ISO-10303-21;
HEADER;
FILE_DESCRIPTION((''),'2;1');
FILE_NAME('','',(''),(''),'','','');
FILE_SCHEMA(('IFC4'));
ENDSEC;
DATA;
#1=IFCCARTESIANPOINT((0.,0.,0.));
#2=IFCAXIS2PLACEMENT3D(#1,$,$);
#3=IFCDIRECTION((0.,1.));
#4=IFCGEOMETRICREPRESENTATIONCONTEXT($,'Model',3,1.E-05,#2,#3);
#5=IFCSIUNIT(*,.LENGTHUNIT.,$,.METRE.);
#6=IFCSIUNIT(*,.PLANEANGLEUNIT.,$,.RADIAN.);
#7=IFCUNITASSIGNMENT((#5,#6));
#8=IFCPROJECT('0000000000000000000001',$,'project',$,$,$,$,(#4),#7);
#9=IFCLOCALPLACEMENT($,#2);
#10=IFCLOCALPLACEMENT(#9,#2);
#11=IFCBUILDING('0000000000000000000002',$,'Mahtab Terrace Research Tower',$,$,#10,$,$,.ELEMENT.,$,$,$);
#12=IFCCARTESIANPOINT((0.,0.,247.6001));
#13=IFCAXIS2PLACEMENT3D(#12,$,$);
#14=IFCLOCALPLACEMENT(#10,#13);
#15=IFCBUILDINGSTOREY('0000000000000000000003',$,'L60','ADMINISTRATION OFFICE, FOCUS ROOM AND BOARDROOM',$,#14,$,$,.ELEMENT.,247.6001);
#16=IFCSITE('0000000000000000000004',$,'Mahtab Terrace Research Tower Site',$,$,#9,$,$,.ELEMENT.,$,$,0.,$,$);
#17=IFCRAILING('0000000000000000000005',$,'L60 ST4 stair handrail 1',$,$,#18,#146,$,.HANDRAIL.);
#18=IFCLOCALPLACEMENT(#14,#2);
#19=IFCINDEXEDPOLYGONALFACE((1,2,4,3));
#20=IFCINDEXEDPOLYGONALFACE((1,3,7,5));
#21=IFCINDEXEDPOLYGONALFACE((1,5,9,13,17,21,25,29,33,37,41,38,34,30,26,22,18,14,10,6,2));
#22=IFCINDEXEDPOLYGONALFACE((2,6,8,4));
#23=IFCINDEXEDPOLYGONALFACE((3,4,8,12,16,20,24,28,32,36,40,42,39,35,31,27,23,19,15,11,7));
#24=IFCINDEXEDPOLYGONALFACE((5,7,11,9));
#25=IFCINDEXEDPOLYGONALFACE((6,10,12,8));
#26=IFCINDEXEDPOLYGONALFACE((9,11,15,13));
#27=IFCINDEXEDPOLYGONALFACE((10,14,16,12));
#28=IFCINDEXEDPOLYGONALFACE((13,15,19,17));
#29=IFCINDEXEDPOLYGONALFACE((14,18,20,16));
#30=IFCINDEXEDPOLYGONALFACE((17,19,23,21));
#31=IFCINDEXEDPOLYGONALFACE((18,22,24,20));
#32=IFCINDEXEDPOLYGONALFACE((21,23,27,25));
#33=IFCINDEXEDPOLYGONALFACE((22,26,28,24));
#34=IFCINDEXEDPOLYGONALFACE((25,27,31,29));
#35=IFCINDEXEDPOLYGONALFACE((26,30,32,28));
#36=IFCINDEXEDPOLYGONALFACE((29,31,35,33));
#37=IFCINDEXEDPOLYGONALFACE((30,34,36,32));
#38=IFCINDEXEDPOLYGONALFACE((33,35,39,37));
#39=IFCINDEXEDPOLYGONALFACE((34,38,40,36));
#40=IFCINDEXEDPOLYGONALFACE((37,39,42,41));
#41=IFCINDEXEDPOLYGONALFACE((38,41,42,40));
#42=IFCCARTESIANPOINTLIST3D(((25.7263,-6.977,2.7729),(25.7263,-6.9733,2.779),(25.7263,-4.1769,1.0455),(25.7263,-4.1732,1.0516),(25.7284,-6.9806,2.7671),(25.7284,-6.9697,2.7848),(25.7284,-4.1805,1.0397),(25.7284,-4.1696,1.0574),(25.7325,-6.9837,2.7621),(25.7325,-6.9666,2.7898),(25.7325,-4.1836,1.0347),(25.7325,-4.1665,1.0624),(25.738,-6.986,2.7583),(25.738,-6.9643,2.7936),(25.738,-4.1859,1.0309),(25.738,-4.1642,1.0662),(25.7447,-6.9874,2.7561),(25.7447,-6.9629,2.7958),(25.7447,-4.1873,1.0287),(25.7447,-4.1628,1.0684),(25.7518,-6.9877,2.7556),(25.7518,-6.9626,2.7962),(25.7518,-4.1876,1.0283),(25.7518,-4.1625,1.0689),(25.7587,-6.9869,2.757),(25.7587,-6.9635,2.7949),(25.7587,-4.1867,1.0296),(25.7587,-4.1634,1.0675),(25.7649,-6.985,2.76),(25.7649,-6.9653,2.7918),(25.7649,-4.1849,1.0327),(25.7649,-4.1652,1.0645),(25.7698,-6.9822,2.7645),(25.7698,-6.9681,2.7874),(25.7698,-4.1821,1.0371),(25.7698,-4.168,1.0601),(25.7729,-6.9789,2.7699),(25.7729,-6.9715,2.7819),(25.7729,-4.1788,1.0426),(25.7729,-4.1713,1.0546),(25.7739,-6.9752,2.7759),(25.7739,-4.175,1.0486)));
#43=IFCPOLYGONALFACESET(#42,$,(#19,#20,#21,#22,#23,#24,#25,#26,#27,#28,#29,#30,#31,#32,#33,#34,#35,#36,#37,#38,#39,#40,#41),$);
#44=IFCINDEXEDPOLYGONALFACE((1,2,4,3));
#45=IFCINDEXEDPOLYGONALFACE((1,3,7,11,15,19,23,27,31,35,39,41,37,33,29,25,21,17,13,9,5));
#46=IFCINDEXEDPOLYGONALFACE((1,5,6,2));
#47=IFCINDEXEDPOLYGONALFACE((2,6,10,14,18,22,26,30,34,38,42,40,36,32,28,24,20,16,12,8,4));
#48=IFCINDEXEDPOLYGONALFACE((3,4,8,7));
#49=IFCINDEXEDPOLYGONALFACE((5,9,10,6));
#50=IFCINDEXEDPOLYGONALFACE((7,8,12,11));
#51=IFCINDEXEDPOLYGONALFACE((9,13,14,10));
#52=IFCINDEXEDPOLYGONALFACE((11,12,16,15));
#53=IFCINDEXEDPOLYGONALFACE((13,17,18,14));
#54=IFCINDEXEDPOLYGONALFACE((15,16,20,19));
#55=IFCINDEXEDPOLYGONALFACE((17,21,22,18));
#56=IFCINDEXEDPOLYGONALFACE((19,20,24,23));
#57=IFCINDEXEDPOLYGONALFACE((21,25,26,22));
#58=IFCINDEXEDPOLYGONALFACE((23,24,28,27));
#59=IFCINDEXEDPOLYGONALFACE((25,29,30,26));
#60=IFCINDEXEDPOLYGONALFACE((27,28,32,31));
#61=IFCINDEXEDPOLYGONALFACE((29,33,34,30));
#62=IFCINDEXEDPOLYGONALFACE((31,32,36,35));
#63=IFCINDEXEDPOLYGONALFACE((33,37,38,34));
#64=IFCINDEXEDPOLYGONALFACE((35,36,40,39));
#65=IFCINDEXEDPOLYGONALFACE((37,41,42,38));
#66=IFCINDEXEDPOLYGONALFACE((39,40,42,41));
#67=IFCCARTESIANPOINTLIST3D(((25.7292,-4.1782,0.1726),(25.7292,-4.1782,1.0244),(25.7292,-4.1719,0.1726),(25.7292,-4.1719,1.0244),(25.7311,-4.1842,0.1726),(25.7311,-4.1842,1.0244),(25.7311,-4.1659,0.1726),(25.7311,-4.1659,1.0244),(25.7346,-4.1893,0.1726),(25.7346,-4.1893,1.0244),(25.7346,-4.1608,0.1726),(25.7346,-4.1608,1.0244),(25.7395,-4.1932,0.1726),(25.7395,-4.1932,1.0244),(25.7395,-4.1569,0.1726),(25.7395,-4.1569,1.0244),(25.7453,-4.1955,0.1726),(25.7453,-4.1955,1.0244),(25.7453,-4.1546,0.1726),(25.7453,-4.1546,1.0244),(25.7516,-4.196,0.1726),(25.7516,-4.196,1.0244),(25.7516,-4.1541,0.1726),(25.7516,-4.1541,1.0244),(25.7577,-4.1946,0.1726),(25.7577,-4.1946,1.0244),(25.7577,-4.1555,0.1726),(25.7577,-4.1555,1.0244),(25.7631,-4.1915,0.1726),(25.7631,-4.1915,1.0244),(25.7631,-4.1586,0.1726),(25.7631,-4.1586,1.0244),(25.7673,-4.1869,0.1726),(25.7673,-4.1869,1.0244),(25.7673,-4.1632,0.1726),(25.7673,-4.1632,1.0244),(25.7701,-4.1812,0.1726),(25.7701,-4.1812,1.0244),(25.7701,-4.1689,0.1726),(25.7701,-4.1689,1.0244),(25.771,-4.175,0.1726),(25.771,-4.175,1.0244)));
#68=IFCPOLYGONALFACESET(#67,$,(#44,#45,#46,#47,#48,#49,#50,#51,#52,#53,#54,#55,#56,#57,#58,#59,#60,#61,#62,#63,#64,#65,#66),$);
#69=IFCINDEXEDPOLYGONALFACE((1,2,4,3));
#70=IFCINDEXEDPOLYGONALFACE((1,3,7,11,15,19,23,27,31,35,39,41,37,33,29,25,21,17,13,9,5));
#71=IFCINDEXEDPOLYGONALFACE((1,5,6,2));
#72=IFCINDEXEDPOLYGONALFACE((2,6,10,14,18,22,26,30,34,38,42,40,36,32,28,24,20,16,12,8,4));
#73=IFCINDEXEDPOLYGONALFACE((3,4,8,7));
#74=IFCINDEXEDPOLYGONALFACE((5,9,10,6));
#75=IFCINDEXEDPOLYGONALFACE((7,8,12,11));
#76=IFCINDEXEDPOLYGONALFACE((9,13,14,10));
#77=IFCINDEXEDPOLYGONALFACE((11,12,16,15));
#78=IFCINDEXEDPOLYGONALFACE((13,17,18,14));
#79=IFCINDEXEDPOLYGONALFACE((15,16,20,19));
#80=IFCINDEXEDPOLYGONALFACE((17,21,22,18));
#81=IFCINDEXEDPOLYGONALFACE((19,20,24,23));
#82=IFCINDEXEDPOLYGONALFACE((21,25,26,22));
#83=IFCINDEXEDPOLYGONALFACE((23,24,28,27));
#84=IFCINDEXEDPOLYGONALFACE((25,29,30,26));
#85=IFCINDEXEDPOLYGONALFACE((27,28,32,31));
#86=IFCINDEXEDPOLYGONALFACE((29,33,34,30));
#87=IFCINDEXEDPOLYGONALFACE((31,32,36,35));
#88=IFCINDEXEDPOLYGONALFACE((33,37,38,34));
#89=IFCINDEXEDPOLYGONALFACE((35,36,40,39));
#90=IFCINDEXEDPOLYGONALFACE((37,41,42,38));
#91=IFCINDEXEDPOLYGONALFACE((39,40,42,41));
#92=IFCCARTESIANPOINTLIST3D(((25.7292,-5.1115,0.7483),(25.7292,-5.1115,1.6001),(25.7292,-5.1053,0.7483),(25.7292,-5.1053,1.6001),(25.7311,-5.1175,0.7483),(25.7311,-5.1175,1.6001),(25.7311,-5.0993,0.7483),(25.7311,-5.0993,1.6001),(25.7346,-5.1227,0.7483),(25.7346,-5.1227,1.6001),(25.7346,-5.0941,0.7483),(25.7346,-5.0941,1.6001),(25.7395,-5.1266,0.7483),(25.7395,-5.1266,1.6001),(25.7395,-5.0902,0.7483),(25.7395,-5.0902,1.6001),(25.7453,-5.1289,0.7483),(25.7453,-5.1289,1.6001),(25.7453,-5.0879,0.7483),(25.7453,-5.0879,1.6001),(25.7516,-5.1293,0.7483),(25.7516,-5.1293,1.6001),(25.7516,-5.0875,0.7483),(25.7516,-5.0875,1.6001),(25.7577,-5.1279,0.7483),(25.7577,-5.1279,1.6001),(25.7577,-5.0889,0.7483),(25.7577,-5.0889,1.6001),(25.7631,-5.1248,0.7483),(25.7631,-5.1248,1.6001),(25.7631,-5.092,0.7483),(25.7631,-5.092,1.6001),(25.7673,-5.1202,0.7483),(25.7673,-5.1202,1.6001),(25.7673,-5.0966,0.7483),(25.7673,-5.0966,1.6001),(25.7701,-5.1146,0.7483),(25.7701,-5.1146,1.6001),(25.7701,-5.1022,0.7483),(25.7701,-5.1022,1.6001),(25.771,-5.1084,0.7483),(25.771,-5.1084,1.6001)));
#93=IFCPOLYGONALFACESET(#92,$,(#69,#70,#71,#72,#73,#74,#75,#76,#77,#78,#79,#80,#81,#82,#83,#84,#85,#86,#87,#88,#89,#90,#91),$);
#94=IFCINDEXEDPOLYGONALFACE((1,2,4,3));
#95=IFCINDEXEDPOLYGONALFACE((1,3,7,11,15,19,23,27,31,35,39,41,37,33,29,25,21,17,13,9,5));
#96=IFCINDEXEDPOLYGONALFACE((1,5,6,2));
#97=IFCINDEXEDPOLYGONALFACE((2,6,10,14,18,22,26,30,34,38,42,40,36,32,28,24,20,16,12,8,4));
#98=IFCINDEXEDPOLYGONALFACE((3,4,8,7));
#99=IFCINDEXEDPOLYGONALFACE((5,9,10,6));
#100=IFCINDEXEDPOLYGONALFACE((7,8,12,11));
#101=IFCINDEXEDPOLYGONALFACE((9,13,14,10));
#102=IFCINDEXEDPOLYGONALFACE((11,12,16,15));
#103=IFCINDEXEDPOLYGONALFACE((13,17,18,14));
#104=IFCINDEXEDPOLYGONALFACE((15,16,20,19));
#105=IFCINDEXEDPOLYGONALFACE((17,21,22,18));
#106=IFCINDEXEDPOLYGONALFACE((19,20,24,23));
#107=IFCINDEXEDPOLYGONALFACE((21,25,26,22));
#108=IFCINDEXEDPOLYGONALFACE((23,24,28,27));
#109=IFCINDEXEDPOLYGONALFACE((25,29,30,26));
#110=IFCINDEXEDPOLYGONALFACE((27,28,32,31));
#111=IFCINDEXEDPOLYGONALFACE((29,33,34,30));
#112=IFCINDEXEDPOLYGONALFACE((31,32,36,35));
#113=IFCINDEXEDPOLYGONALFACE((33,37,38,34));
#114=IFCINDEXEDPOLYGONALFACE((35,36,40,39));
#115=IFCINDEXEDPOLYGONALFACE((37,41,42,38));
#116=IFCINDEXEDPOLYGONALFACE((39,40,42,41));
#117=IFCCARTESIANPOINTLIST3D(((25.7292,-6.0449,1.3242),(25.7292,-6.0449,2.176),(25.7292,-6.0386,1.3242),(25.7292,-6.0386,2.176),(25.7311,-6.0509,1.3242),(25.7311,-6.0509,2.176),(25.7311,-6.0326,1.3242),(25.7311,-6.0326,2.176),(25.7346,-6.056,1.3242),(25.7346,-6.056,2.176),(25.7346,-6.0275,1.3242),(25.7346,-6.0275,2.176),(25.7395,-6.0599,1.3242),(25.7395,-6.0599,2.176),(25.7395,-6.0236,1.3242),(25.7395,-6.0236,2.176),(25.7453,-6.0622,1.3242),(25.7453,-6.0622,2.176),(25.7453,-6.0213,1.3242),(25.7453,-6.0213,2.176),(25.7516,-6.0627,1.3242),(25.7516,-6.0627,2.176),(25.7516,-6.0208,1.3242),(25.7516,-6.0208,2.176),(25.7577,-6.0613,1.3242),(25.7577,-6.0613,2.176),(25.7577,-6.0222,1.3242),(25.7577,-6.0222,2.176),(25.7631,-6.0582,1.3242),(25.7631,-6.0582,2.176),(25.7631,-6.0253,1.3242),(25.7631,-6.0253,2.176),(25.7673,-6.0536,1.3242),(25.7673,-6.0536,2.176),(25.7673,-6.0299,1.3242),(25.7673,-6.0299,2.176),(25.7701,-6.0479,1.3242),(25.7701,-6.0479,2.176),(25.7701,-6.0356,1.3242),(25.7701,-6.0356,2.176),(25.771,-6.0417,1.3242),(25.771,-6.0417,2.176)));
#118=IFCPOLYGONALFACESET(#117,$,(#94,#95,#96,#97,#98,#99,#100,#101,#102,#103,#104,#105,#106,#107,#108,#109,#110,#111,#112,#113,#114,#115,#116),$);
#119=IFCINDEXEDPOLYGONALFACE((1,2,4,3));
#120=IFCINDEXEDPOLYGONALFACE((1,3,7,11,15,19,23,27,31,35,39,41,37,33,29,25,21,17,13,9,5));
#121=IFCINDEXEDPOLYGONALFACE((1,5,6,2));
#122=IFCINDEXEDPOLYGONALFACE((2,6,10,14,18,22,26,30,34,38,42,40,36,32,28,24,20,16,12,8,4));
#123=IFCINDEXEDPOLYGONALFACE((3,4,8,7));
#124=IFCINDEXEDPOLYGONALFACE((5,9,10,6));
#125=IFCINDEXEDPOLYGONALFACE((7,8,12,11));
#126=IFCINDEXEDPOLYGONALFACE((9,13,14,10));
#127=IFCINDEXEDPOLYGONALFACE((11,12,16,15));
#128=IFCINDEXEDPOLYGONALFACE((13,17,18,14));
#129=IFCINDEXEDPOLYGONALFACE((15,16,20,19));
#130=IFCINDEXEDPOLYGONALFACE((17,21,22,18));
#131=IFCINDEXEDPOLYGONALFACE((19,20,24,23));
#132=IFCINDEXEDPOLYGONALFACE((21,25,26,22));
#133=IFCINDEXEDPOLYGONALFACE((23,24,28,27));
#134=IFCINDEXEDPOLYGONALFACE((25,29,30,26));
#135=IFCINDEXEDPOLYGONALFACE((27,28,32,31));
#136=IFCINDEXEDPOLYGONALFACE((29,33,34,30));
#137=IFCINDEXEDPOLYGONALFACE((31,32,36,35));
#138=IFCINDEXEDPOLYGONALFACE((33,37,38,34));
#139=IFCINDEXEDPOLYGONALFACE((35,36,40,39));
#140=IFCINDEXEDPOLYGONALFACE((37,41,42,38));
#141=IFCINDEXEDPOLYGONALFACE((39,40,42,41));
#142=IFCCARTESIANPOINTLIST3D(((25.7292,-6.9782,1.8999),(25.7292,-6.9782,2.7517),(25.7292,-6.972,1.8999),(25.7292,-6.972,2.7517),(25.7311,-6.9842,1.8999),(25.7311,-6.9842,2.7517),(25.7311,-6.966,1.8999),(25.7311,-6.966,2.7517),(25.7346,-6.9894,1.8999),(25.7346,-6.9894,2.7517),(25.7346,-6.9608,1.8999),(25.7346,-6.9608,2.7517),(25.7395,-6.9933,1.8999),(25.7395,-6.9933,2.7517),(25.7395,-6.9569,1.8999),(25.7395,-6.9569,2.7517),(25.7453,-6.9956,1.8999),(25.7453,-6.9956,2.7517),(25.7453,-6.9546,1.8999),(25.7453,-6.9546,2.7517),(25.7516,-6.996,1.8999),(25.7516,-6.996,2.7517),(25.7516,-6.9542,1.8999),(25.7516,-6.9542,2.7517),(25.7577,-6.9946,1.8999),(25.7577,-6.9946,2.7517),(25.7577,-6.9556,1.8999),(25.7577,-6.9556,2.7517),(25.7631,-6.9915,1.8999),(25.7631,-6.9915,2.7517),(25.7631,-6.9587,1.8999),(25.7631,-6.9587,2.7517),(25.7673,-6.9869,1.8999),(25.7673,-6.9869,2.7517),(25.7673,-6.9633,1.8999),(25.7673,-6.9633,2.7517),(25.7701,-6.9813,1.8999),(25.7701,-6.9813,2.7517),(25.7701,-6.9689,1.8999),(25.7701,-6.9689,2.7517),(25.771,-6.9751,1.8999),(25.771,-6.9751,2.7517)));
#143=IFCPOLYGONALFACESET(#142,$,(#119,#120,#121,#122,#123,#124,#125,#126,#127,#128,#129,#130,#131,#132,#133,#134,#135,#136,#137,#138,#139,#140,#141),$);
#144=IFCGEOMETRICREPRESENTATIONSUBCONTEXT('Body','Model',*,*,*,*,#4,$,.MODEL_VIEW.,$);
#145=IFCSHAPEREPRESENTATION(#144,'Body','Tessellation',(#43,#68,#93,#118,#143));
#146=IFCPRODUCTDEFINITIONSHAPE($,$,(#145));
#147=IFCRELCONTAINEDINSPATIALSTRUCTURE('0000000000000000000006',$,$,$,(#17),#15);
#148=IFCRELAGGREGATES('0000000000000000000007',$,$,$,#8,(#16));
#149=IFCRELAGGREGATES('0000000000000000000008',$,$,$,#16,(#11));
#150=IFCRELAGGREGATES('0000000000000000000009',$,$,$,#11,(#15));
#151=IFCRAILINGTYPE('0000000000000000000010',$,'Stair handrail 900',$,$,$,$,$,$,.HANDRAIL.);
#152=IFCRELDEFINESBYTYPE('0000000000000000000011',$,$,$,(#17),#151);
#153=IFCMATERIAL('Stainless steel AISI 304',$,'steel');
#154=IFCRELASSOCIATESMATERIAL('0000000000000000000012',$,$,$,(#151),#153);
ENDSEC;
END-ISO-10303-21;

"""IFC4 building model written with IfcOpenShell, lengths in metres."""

from ifc_helpers import new_model, si_unit, direction, frame, origin, origin_2d, place, context, subcontext, project, spatial, circle, extrude, material, type_object, element, save


model = new_model("IFC4")

# Units and contexts
model_context = context("Model", 3, precision=1e-05, world=origin(), true_north=direction((0.0, 1.0)))
body_context = subcontext(model_context, "Body", "Model", "MODEL_VIEW")
ifc_project = project(units=[si_unit("LENGTHUNIT", "METRE"), si_unit("PLANEANGLEUNIT", "RADIAN")], contexts=[model_context])

# Site, building, storey
site_placement = place(None, origin())
site = spatial("IfcSite", under=ifc_project, at=site_placement, Name="Mahtab Terrace Research Tower Site", CompositionType="ELEMENT", RefElevation=0.0)
building_placement = place(site_placement, origin())
building = spatial("IfcBuilding", under=site, at=building_placement, Name="Mahtab Terrace Research Tower", CompositionType="ELEMENT")
storey_placement = place(building_placement, frame((0.0, 0.0, 247.6001)))
storey = spatial("IfcBuildingStorey", under=building, at=storey_placement, Name="L60", Description="ADMINISTRATION OFFICE, FOCUS ROOM AND BOARDROOM", CompositionType="ELEMENT", Elevation=247.6001)

# Shared definitions
ifc_material_1 = material(Name="Stainless steel AISI 304", Category="steel")

# Railing
railing_type_1 = type_object("IfcRailingType", Name="Stair handrail 900", PredefinedType="HANDRAIL", material=ifc_material_1)
railing_1_placement = place(storey_placement, frame((25.75, -4.175, 0.1726)))
element("IfcRailing", 1, at=railing_1_placement, inside=storey, type_object=railing_type_1, Name="L60 ST4 stair handrail 1", PredefinedType="HANDRAIL", context=body_context, shape_type="SweptSolid", body=[
    extrude(circle(Radius=0.0239, at=origin_2d()), frame((0.0, 0.0, 0.876), z_axis=(0.0, -0.85109, 0.52502), x_axis=(1.0, 0.0, 0.0)), (0.0, 0.0, 1.0), 3.29),
    extrude(circle(Radius=0.021, at=origin_2d()), origin(), (0.0, 0.0, 1.0), 0.8518),
    extrude(circle(Radius=0.021, at=origin_2d()), frame((0.0, -0.9333, 0.5757)), (0.0, 0.0, 1.0), 0.8518),
    extrude(circle(Radius=0.021, at=origin_2d()), frame((0.0, -1.8667, 1.1516)), (0.0, 0.0, 1.0), 0.8518),
    extrude(circle(Radius=0.021, at=origin_2d()), frame((0.0, -2.8, 1.7273)), (0.0, 0.0, 1.0), 0.8518),
])

save(model, "model.ifc")
